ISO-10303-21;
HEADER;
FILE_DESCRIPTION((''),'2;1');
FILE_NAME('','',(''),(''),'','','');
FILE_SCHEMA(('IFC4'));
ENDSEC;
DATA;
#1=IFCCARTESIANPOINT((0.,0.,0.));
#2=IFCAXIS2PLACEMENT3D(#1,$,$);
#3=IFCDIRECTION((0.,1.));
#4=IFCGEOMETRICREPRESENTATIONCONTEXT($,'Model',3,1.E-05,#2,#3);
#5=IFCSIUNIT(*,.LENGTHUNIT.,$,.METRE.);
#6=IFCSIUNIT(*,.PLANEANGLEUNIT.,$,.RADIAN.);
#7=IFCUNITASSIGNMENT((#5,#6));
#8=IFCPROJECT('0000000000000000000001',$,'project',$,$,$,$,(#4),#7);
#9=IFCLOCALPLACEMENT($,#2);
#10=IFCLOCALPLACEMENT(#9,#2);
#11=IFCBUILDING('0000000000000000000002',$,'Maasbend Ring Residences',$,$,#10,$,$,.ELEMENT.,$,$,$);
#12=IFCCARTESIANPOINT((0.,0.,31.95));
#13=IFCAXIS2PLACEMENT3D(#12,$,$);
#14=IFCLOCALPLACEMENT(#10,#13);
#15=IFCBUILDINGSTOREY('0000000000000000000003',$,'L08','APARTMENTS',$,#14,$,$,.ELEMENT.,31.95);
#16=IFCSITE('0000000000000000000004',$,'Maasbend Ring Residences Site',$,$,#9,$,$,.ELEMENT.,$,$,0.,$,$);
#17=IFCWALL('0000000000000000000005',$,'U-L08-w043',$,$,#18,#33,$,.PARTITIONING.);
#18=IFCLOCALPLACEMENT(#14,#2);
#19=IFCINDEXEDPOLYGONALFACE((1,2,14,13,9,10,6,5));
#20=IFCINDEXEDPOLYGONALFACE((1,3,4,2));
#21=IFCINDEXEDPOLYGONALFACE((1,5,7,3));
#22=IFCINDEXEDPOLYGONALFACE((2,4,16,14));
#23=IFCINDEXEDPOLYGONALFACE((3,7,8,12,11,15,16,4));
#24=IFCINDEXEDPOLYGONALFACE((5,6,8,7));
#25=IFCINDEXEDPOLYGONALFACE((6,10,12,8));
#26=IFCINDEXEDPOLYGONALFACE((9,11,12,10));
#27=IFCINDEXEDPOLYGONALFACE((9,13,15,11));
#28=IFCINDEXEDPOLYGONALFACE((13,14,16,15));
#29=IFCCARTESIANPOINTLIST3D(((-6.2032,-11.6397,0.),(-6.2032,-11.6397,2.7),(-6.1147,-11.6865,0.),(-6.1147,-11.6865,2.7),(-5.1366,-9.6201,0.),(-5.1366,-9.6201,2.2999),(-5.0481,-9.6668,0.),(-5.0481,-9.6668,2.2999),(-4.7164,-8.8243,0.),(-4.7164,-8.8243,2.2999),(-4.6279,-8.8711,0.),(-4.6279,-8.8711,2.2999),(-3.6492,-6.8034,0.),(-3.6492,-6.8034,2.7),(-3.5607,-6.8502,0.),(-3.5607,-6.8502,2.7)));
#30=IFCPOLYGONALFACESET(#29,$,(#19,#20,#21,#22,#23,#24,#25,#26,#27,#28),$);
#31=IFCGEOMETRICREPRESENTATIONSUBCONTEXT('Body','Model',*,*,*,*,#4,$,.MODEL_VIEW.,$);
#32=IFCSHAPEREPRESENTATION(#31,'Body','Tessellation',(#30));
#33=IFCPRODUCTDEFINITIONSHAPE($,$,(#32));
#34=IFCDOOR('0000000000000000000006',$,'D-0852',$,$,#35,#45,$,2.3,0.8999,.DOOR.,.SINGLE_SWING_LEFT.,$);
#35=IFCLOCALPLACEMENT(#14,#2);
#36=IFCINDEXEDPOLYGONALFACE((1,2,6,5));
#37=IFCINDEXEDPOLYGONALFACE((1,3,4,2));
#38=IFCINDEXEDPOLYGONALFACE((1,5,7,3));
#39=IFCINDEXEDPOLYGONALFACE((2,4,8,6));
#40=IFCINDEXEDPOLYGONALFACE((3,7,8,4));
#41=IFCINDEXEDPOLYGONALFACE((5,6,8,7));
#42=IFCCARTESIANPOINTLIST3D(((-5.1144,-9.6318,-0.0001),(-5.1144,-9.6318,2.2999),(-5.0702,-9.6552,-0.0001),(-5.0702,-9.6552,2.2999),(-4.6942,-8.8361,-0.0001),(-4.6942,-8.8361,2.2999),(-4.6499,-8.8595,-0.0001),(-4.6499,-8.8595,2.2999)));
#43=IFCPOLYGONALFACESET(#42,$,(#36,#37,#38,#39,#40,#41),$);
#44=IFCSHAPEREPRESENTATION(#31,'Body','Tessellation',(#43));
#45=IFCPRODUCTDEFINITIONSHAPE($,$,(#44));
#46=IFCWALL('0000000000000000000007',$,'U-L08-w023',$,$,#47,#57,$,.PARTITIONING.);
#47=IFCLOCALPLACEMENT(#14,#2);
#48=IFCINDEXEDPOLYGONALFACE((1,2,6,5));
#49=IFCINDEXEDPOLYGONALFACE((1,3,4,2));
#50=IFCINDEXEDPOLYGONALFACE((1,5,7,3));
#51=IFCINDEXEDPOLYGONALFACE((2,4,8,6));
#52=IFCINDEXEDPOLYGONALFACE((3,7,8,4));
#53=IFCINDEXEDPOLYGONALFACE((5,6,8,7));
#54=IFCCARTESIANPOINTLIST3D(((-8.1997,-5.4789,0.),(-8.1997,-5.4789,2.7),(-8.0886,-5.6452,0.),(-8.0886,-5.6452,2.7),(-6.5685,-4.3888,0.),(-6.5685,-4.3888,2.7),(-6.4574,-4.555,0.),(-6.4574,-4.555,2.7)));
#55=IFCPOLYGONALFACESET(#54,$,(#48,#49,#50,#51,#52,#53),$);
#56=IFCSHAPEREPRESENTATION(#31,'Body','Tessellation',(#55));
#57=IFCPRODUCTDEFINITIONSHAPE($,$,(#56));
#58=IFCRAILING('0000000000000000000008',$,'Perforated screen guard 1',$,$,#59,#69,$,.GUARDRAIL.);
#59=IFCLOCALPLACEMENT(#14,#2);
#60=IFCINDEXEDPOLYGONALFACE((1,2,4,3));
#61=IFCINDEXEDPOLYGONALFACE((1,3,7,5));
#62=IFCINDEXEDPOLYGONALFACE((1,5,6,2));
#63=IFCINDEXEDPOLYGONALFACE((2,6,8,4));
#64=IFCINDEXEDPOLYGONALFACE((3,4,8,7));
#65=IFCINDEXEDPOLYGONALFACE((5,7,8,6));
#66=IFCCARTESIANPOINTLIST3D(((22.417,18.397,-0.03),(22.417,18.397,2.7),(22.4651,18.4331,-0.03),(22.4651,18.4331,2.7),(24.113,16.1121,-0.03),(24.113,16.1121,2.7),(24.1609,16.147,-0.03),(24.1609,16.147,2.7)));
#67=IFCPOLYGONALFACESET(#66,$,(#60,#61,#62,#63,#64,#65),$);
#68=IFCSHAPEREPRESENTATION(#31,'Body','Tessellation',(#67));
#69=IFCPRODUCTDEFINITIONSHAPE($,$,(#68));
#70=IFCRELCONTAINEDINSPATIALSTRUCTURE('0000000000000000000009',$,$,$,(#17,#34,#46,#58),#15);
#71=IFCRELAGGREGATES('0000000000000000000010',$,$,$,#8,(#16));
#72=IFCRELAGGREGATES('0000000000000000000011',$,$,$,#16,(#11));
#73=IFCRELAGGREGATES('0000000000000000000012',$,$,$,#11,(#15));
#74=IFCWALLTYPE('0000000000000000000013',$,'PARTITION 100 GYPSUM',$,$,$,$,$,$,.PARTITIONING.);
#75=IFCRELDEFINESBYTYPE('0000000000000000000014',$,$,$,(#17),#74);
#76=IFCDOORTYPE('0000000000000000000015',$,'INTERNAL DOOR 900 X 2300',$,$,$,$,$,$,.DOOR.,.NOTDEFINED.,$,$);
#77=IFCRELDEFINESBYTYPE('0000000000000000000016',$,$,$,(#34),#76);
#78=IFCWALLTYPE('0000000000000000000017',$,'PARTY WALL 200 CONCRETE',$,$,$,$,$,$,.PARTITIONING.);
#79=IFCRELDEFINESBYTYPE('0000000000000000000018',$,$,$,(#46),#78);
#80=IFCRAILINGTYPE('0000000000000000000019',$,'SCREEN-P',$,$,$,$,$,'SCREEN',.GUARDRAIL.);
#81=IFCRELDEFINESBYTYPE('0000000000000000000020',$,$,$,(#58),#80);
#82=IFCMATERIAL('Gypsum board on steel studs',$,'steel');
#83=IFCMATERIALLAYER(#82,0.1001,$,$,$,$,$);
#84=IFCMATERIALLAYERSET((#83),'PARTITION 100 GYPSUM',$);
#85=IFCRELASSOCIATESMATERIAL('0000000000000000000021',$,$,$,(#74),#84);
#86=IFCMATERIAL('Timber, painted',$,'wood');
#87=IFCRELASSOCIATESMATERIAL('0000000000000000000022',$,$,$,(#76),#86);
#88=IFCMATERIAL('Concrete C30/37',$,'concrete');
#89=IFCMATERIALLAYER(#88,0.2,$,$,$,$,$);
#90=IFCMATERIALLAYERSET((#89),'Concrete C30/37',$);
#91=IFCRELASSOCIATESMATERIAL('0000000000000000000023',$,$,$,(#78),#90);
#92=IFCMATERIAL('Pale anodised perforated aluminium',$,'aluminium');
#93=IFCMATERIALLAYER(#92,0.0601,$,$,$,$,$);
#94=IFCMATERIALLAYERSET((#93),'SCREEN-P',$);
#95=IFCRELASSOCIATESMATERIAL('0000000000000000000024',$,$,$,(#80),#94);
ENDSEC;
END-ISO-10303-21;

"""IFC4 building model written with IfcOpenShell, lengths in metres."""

from ifc_helpers import new_model, si_unit, direction, frame, frame_2d, origin, place, context, subcontext, project, spatial, polyline, rectangle, outline, extrude, material, layer, layer_set, type_object, element, fill, save


model = new_model("IFC4")

# Units and contexts
model_context = context("Model", 3, precision=1e-05, world=origin(), true_north=direction((0.0, 1.0)))
body_context = subcontext(model_context, "Body", "Model", "MODEL_VIEW")
ifc_project = project(units=[si_unit("LENGTHUNIT", "METRE"), si_unit("PLANEANGLEUNIT", "RADIAN")], contexts=[model_context])

# Site, building, storey
site_placement = place(None, origin())
site = spatial("IfcSite", under=ifc_project, at=site_placement, Name="Maasbend Ring Residences Site", CompositionType="ELEMENT", RefElevation=0.0)
building_placement = place(site_placement, origin())
building = spatial("IfcBuilding", under=site, at=building_placement, Name="Maasbend Ring Residences", CompositionType="ELEMENT")
storey_placement = place(building_placement, frame((0.0, 0.0, 31.95)))
storey = spatial("IfcBuildingStorey", under=building, at=storey_placement, Name="L08", Description="APARTMENTS", CompositionType="ELEMENT", Elevation=31.95)

# Wall, opening, door
ifc_material_1 = material(Name="Gypsum board on steel studs", Category="steel")
ifc_layer_1 = layer(ifc_material_1, 0.1001)
ifc_layer_set_1 = layer_set([ifc_layer_1], Name="PARTITION 100 GYPSUM")
wall_type_1 = type_object("IfcWallType", Name="PARTITION 100 GYPSUM", PredefinedType="PARTITIONING", material=ifc_layer_set_1)
wall_1_placement = place(storey_placement, frame((-6.1589, -11.6631, 0.0), z_axis=(0.0, 0.0, 1.0), x_axis=(0.466977, 0.88427, 0.0)))
wall_1 = element("IfcWall", 1, at=wall_1_placement, inside=storey, type_object=wall_type_1, Name="U-L08-w043", PredefinedType="PARTITIONING", context=body_context, shape_type="SweptSolid", body=[
    extrude(rectangle(XDim=5.4692, YDim=0.1001, at=frame_2d((2.7346, 0.0))), origin(), (0.0, 0.0, 1.0), 2.7),
])
opening_placement = place(wall_1_placement, frame((2.2839, 0.0, 0.0)))
opening = element("IfcOpeningElement", 2, at=opening_placement, cuts=wall_1, PredefinedType="OPENING", context=body_context, shape_type="SweptSolid", body=[
    extrude(rectangle(XDim=0.8999, YDim=2.3, at=frame_2d((0.45, 1.1499))), frame((0.0, 0.0601, 0.0), z_axis=(0.0, -1.0, 0.0), x_axis=(1.0, 0.0, 0.0)), (0.0, 0.0, 1.0), 0.1201),
])
ifc_material_2 = material(Name="Timber, painted", Category="wood")
door_type = type_object("IfcDoorType", Name="INTERNAL DOOR 900 X 2300", OperationType="NOTDEFINED", PredefinedType="DOOR", material=ifc_material_2)
door_placement = place(opening_placement, origin())
door = element("IfcDoor", 3, at=door_placement, inside=storey, type_object=door_type, Name="D-0852", OperationType="SINGLE_SWING_LEFT", OverallHeight=2.3, OverallWidth=0.8999, PredefinedType="DOOR", context=body_context, shape_type="SweptSolid", body=[
    extrude(rectangle(XDim=0.8999, YDim=2.3, at=frame_2d((0.45, 1.1499))), frame((0.0, 0.0249, 0.0), z_axis=(0.0, -1.0, 0.0), x_axis=(1.0, 0.0, 0.0)), (0.0, 0.0, 1.0), 0.05),
])
fill(opening, door)

# Wall
ifc_material_3 = material(Name="Concrete C30/37", Category="concrete")
ifc_layer_2 = layer(ifc_material_3, 0.2)
ifc_layer_set_2 = layer_set([ifc_layer_2], Name="Concrete C30/37")
wall_type_2 = type_object("IfcWallType", Name="PARTY WALL 200 CONCRETE", PredefinedType="PARTITIONING", material=ifc_layer_set_2)
wall_2_placement = place(storey_placement, frame((-6.5129, -4.4719, 0.0), z_axis=(0.0, 0.0, 1.0), x_axis=(-0.831418, -0.555648, 0.0)))
element("IfcWall", 4, at=wall_2_placement, inside=storey, type_object=wall_type_2, Name="U-L08-w023", PredefinedType="PARTITIONING", context=body_context, shape_type="SweptSolid", body=[
    extrude(rectangle(XDim=1.9619, YDim=0.2, at=frame_2d((0.981, 0.0))), origin(), (0.0, 0.0, 1.0), 2.7),
])

# Railing
ifc_material_4 = material(Name="Pale anodised perforated aluminium", Category="aluminium")
ifc_layer_3 = layer(ifc_material_4, 0.0601)
ifc_layer_set_3 = layer_set([ifc_layer_3], Name="SCREEN-P")
railing_type = type_object("IfcRailingType", Name="SCREEN-P", ElementType="SCREEN", PredefinedType="GUARDRAIL", material=ifc_layer_set_3)
railing_placement = place(storey_placement, frame((0.0, 0.0, -0.03)))
element("IfcRailing", 5, at=railing_placement, inside=storey, type_object=railing_type, Name="Perforated screen guard 1", PredefinedType="GUARDRAIL", context=body_context, shape_type="SweptSolid", body=[
    extrude(outline(polyline([(24.113, 16.1121), (22.417, 18.397), (22.4651, 18.4331), (24.1609, 16.147), (24.113, 16.1121)])), origin(), (0.0, 0.0, 1.0), 2.73),
])

save(model, "model.ifc")
